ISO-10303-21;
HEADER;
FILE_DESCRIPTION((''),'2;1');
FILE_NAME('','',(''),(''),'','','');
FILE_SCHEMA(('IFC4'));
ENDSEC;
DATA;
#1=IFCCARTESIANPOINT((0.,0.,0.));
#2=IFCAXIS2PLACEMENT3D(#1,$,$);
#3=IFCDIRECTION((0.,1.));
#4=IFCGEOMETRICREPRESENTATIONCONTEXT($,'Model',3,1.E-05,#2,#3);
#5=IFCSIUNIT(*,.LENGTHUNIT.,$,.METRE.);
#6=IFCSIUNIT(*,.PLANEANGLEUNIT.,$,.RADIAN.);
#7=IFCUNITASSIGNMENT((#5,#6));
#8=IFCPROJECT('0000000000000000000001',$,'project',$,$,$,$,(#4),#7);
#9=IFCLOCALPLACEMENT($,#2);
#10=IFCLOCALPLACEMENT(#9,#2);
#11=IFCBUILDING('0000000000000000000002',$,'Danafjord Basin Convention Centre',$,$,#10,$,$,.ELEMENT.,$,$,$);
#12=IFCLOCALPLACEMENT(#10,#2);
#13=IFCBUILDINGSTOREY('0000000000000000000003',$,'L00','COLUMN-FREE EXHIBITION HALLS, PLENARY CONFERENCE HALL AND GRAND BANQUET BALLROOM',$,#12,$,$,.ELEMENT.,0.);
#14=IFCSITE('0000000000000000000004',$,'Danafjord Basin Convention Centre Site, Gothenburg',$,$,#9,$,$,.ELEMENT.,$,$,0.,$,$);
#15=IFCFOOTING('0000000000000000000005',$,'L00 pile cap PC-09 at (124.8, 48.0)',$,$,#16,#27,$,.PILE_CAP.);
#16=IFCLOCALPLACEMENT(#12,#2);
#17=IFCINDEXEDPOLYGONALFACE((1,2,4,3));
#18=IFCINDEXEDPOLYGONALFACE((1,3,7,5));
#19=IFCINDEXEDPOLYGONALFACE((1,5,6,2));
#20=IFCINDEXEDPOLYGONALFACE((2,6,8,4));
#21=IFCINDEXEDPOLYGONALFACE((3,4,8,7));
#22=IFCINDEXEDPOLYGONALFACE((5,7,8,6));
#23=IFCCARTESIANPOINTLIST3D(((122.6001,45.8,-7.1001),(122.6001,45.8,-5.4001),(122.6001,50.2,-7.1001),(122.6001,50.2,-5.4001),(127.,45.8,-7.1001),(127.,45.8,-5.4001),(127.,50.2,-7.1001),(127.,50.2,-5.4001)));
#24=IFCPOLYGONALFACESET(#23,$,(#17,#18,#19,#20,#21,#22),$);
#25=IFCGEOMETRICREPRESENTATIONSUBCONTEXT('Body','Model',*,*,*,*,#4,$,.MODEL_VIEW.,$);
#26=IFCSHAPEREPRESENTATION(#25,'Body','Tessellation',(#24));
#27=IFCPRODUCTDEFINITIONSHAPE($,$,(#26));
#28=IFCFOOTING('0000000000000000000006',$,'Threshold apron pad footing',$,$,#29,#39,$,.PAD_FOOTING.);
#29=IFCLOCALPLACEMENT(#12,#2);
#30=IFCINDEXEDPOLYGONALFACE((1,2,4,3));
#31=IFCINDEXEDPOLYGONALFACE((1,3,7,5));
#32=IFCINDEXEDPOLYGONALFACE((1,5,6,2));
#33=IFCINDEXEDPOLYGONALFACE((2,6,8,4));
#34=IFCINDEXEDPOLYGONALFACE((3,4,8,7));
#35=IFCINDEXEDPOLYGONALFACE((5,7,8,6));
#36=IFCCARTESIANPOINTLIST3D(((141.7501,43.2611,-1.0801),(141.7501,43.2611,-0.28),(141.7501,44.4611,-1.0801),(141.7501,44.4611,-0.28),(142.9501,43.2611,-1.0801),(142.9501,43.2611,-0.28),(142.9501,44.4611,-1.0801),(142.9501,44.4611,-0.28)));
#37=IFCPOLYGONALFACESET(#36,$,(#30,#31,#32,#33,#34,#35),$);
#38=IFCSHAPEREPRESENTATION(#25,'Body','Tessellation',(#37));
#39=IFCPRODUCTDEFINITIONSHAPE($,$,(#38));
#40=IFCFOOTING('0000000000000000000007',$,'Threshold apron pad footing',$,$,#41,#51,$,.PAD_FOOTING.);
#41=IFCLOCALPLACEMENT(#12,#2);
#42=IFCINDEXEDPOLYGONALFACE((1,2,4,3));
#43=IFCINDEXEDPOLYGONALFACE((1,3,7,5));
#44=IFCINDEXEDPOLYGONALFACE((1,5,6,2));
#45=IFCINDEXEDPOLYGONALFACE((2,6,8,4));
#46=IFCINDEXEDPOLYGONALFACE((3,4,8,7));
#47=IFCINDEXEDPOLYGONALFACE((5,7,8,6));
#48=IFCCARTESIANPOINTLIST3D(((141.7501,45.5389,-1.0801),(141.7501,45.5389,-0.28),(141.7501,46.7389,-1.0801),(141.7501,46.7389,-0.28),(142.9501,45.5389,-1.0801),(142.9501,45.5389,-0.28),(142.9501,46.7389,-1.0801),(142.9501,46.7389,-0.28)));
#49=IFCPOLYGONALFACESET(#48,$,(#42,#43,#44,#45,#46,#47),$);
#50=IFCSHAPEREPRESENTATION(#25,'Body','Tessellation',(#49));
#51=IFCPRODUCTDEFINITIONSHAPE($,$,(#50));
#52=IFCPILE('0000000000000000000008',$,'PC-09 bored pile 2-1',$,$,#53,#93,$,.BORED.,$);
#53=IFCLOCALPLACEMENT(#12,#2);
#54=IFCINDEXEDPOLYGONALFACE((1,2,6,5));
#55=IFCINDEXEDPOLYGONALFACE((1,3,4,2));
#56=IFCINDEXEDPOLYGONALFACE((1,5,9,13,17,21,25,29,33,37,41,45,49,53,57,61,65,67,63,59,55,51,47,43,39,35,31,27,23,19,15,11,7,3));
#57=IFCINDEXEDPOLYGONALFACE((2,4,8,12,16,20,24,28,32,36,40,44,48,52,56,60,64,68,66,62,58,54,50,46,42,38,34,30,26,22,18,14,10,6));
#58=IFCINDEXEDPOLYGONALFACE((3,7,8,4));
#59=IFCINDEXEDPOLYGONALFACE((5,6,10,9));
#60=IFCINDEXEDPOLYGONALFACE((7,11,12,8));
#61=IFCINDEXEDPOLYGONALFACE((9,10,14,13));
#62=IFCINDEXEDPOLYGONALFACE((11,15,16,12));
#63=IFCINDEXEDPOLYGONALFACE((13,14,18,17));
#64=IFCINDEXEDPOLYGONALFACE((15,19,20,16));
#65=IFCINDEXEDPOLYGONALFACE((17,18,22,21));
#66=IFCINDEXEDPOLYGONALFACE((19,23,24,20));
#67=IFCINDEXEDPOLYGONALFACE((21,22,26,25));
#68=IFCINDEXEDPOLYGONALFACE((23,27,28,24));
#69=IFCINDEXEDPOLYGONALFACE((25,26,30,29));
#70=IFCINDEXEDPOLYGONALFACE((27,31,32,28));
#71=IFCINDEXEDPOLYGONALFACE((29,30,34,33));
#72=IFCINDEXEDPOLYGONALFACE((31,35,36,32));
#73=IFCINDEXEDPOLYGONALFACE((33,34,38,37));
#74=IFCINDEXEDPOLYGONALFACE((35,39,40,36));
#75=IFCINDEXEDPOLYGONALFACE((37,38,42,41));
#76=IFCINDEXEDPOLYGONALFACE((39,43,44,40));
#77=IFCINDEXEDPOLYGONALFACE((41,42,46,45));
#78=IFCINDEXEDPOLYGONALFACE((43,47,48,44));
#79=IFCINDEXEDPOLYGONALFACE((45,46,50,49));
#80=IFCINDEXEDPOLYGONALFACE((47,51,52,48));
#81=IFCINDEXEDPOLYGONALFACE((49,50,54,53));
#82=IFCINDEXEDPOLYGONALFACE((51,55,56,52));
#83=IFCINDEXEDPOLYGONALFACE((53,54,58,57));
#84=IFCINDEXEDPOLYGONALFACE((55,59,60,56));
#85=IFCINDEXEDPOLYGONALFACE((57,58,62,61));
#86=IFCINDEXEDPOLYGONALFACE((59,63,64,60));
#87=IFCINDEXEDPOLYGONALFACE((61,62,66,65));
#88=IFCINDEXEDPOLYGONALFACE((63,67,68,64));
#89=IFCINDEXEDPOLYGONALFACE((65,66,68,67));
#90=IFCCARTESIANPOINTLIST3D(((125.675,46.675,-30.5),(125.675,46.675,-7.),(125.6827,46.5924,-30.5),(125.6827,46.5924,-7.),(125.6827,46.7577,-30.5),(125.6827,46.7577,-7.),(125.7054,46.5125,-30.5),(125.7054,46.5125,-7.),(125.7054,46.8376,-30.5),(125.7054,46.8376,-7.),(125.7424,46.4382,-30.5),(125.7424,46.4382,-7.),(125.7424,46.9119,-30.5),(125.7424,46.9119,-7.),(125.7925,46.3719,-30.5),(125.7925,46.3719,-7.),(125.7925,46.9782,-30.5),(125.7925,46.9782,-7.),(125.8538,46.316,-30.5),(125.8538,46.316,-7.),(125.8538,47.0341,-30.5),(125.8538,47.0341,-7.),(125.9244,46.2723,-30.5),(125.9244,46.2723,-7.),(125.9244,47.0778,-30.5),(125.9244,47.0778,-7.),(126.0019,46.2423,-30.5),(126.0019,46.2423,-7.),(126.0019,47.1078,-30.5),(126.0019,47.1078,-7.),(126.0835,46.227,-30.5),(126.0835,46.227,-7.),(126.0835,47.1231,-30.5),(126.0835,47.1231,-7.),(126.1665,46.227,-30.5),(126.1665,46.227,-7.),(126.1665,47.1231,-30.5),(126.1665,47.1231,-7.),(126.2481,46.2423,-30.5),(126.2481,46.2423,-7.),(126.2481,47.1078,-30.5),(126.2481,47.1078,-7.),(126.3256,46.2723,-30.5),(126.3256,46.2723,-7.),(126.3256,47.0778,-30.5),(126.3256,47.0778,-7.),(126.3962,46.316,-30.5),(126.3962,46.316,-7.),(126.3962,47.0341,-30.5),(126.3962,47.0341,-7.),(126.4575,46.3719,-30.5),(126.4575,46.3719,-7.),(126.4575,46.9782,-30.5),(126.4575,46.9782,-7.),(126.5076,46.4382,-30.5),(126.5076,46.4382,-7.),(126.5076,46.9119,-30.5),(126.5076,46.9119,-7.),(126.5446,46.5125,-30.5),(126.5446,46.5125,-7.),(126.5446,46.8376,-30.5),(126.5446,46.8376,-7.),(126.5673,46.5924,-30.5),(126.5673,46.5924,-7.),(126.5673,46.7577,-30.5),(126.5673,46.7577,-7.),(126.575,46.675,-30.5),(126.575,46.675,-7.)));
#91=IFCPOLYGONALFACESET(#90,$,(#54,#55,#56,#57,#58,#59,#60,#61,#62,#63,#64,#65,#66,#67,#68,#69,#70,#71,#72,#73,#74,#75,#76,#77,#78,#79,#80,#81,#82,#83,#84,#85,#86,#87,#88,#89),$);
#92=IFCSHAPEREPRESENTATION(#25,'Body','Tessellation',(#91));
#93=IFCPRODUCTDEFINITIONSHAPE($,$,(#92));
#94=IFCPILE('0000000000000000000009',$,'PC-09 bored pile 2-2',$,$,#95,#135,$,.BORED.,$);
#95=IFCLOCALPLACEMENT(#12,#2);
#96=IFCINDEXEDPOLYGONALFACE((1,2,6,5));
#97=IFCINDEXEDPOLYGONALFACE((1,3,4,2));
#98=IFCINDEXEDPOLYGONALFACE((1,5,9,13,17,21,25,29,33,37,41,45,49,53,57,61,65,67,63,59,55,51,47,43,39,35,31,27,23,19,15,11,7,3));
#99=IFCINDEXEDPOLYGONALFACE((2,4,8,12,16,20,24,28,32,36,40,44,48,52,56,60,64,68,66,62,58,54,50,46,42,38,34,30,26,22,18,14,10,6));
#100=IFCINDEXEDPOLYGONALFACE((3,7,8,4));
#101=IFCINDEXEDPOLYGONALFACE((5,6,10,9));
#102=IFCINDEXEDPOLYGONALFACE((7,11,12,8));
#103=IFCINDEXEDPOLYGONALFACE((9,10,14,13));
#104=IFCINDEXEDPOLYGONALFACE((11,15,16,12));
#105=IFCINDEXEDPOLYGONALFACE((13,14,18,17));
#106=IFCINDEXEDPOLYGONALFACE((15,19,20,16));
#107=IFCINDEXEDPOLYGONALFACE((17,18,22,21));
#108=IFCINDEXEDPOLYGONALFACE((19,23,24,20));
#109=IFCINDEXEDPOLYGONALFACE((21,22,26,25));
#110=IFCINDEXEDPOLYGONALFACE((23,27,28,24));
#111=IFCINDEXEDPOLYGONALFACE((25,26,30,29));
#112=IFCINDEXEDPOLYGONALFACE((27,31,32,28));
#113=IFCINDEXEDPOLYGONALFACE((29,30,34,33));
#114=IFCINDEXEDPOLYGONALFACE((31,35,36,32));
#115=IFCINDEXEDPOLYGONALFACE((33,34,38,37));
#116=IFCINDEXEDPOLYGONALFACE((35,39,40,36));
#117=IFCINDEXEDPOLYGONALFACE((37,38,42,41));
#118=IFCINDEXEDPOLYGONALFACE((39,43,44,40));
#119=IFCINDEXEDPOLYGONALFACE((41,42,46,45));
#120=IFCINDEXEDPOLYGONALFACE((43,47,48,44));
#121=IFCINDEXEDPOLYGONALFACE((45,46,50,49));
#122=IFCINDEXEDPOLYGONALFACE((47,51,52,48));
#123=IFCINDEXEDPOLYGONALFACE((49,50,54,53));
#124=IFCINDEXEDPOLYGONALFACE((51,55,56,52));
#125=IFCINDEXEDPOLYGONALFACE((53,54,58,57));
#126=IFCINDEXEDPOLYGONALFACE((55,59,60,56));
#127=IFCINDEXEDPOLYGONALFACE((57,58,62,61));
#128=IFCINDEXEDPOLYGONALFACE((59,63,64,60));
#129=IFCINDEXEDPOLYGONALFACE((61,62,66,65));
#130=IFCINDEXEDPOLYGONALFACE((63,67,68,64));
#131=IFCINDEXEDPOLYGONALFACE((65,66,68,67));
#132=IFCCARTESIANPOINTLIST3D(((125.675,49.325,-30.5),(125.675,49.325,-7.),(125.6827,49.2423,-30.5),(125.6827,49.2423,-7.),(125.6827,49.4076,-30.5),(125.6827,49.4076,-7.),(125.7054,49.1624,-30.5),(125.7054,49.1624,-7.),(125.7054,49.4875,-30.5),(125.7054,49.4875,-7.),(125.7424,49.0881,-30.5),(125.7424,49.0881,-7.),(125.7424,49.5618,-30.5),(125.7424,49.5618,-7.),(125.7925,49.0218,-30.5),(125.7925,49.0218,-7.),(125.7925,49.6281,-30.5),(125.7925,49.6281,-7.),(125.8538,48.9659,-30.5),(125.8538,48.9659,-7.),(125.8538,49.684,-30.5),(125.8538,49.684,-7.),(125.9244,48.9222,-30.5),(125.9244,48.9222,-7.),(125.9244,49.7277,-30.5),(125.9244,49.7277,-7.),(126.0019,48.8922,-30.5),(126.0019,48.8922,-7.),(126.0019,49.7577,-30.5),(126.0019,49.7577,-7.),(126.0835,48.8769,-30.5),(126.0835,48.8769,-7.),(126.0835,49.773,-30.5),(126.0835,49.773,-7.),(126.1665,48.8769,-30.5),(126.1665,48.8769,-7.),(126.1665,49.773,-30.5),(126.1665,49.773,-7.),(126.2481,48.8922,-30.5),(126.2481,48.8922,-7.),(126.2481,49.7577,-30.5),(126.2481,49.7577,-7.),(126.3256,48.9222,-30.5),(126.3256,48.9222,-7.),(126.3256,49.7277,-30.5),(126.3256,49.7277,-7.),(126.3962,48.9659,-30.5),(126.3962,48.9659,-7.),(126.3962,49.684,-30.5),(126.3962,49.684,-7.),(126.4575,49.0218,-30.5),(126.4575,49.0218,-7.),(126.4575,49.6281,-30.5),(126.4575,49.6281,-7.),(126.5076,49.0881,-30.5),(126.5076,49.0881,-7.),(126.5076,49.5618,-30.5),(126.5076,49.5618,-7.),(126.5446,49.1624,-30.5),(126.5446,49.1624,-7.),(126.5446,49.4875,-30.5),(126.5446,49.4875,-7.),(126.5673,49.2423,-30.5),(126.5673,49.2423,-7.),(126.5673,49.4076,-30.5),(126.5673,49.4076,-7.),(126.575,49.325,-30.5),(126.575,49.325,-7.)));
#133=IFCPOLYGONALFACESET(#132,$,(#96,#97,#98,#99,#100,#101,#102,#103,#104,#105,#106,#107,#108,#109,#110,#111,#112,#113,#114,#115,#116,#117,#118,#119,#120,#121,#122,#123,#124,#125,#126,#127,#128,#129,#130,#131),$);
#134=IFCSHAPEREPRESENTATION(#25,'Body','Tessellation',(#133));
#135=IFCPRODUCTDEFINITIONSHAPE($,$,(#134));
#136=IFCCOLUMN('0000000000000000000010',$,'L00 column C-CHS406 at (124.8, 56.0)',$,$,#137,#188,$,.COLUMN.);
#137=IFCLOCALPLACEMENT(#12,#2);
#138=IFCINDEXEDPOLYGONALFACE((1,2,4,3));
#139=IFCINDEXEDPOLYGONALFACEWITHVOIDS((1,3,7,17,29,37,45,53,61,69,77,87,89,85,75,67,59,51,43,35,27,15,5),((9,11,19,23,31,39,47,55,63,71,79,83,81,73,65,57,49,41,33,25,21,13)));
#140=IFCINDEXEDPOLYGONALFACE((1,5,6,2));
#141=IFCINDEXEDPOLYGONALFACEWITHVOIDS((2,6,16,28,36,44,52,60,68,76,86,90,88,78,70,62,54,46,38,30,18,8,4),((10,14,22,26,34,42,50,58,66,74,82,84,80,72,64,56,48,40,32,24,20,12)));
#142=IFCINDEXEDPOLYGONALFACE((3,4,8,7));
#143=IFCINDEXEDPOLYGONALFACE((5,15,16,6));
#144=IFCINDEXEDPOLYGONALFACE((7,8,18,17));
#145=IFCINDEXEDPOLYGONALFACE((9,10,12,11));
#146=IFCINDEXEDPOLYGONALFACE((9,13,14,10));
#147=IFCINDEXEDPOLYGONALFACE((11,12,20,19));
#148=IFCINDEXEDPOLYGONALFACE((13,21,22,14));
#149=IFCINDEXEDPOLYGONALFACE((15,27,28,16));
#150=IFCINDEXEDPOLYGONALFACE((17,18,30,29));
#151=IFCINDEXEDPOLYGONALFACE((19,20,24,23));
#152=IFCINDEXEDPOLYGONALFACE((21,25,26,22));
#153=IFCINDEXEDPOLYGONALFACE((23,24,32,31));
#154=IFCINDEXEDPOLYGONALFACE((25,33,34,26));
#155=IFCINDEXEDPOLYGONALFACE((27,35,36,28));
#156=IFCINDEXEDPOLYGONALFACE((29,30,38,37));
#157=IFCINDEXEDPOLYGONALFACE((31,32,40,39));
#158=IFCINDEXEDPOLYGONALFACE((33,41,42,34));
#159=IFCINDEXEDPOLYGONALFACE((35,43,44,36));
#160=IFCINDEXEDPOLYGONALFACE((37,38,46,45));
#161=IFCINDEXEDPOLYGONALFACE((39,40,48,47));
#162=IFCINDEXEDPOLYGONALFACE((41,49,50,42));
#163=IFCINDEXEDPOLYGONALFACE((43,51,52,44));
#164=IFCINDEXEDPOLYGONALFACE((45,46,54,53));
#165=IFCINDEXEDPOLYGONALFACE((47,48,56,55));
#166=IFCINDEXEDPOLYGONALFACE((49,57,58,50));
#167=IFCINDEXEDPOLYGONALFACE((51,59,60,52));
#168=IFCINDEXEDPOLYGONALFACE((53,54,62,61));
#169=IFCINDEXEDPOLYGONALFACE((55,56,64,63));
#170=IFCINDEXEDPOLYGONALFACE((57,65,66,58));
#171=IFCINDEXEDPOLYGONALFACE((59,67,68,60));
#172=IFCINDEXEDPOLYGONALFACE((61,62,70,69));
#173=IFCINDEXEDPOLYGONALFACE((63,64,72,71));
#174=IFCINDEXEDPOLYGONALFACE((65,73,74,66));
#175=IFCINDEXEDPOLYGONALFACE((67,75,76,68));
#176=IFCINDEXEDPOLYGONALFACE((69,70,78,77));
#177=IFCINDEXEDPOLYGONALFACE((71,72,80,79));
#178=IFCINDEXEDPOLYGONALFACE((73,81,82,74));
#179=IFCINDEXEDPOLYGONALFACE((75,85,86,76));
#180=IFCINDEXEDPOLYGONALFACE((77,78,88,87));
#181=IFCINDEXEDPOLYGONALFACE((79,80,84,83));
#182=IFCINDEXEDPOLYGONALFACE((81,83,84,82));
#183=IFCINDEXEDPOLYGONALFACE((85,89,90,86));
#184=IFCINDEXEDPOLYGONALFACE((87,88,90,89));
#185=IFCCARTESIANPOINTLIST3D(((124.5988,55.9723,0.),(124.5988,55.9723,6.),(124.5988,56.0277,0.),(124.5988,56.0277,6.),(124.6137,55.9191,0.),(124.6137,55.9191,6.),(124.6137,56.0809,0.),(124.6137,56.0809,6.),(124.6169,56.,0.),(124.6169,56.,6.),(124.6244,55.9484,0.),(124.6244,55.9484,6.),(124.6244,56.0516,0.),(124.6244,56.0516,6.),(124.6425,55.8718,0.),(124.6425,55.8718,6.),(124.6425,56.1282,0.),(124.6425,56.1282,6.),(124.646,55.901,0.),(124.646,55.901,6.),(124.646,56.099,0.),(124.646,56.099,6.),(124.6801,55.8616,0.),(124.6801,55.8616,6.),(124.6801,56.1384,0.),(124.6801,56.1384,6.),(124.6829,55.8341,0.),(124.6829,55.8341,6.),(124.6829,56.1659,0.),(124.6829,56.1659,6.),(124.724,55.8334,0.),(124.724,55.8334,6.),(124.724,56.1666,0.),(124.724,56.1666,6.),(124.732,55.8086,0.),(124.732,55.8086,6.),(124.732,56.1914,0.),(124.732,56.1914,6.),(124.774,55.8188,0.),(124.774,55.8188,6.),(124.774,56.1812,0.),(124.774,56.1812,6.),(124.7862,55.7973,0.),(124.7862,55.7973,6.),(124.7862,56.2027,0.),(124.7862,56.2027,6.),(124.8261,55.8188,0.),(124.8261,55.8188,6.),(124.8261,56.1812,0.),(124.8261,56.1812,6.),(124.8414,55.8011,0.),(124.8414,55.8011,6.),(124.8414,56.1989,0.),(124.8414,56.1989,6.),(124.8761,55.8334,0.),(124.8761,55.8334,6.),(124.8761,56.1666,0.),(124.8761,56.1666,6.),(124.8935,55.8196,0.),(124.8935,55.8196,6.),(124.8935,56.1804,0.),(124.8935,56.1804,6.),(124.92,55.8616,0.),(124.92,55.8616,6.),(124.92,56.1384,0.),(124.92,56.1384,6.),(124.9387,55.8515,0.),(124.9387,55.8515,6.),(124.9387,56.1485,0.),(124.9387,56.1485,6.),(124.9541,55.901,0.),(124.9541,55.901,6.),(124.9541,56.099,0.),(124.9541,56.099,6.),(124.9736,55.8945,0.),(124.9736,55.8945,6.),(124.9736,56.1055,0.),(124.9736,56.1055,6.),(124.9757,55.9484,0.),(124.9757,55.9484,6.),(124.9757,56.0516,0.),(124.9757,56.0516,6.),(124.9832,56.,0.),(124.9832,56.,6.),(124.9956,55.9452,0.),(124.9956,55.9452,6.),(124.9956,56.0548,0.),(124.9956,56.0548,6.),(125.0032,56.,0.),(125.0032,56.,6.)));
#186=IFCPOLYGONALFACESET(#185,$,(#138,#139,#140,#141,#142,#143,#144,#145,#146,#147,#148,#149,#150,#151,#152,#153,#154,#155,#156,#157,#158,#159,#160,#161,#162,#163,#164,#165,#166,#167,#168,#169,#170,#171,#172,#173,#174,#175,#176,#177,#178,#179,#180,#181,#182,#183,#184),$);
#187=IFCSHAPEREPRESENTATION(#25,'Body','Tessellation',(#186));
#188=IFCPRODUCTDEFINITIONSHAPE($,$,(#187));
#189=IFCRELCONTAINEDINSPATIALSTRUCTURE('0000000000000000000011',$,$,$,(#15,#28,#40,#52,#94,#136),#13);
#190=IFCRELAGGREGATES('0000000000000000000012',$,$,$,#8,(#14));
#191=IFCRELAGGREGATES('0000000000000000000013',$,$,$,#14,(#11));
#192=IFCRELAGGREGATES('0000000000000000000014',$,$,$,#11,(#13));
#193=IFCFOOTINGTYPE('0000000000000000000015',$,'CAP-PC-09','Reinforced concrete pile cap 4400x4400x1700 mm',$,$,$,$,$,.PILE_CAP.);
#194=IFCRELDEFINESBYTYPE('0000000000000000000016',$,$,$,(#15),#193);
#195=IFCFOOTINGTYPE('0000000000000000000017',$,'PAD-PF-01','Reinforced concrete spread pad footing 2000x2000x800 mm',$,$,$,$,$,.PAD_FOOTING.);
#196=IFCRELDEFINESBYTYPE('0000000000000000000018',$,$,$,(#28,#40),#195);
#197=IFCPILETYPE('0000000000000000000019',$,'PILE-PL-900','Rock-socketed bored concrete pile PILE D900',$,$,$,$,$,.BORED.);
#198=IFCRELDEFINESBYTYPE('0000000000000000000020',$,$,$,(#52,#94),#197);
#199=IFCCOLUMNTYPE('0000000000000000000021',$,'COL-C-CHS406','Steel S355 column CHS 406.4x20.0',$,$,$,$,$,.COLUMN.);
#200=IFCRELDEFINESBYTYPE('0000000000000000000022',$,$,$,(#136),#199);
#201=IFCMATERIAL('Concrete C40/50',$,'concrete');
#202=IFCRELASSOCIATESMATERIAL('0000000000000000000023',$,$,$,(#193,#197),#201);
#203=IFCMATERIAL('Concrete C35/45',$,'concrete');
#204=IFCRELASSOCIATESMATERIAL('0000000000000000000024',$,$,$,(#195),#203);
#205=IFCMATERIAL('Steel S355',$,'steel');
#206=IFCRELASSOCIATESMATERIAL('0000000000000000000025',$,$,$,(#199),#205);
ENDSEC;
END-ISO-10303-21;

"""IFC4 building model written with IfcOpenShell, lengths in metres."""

from ifc_helpers import new_model, si_unit, direction, frame, origin, origin_2d, place, context, subcontext, project, spatial, rectangle, circle, hollow_circle, extrude, material, material_profile, profile_set, type_object, element, save


model = new_model("IFC4")

# Units and contexts
model_context = context("Model", 3, precision=1e-05, world=origin(), true_north=direction((0.0, 1.0)))
body_context = subcontext(model_context, "Body", "Model", "MODEL_VIEW")
ifc_project = project(units=[si_unit("LENGTHUNIT", "METRE"), si_unit("PLANEANGLEUNIT", "RADIAN")], contexts=[model_context])

# Site, building, storey
site_placement = place(None, origin())
site = spatial("IfcSite", under=ifc_project, at=site_placement, Name="Danafjord Basin Convention Centre Site, Gothenburg", CompositionType="ELEMENT", RefElevation=0.0)
building_placement = place(site_placement, origin())
building = spatial("IfcBuilding", under=site, at=building_placement, Name="Danafjord Basin Convention Centre", CompositionType="ELEMENT")
storey_placement = place(building_placement, origin())
storey = spatial("IfcBuildingStorey", under=building, at=storey_placement, Name="L00", Description="COLUMN-FREE EXHIBITION HALLS, PLENARY CONFERENCE HALL AND GRAND BANQUET BALLROOM", CompositionType="ELEMENT", Elevation=0.0)

# Footings
ifc_material_1 = material(Name="Concrete C40/50", Category="concrete")
footing_type_1 = type_object("IfcFootingType", Name="CAP-PC-09", Description="Reinforced concrete pile cap 4400x4400x1700 mm", PredefinedType="PILE_CAP", material=ifc_material_1)
footing_placement = place(storey_placement, frame((124.8, 48.0, -7.1001), z_axis=(0.0, 0.0, 1.0), x_axis=(1.0, 0.0, 0.0)))
element("IfcFooting", 1, at=footing_placement, inside=storey, type_object=footing_type_1, Name="L00 pile cap PC-09 at (124.8, 48.0)", PredefinedType="PILE_CAP", context=body_context, shape_type="SweptSolid", body=[
    extrude(rectangle(XDim=4.3999, YDim=4.3999, at=origin_2d()), origin(), (0.0, 0.0, 1.0), 1.7),
])
ifc_material_2 = material(Name="Concrete C35/45", Category="concrete")
footing_type_2 = type_object("IfcFootingType", Name="PAD-PF-01", Description="Reinforced concrete spread pad footing 2000x2000x800 mm", PredefinedType="PAD_FOOTING", material=ifc_material_2)
for number, where, z_axis, x_axis, name in (
    (2, (142.3501, 43.8611, -1.0801), (0.0, 0.0, 1.0), (1.0, 0.0, 0.0), "Threshold apron pad footing"),
    (3, (142.3501, 46.1389, -1.0801), (0.0, 0.0, 1.0), (1.0, 0.0, 0.0), "Threshold apron pad footing"),
):
    element("IfcFooting", number, at=place(storey_placement, frame(where, z_axis=z_axis, x_axis=x_axis)), inside=storey, type_object=footing_type_2, Name=name, PredefinedType="PAD_FOOTING", context=body_context, shape_type="SweptSolid", body=[
        extrude(rectangle(XDim=1.2, YDim=1.2, at=origin_2d()), origin(), (0.0, 0.0, 1.0), 0.8),
    ])

# Piles
ifc_material_profile_1 = material_profile(ifc_material_1, circle(Radius=0.45, at=origin_2d()), Name="PILE D900")
ifc_profile_set_1 = profile_set([ifc_material_profile_1], Name="Concrete C40/50")
pile_type = type_object("IfcPileType", Name="PILE-PL-900", Description="Rock-socketed bored concrete pile PILE D900", PredefinedType="BORED", material=ifc_profile_set_1)
for number, where, z_axis, x_axis, name in (
    (4, (126.125, 46.675, -7.0), (0.0, 0.0, -1.0), (1.0, 0.0, 0.0), "PC-09 bored pile 2-1"),
    (5, (126.125, 49.325, -7.0), (0.0, 0.0, -1.0), (1.0, 0.0, 0.0), "PC-09 bored pile 2-2"),
):
    element("IfcPile", number, at=place(storey_placement, frame(where, z_axis=z_axis, x_axis=x_axis)), inside=storey, type_object=pile_type, Name=name, PredefinedType="BORED", context=body_context, shape_type="SweptSolid", body=[
        extrude(circle(Radius=0.45, at=origin_2d()), origin(), (0.0, 0.0, 1.0), 23.5),
    ])

# Column
ifc_material_3 = material(Name="Steel S355", Category="steel")
ifc_material_profile_2 = material_profile(ifc_material_3, hollow_circle(Radius=0.2031, WallThickness=0.02, at=origin_2d()), Name="CHS 406.4x20.0")
ifc_profile_set_2 = profile_set([ifc_material_profile_2], Name="Steel S355")
column_type_1 = type_object("IfcColumnType", Name="COL-C-CHS406", Description="Steel S355 column CHS 406.4x20.0", PredefinedType="COLUMN", material=ifc_profile_set_2)
column_1_placement = place(storey_placement, frame((124.8, 56.0, 0.0), z_axis=(0.0, 0.0, 1.0), x_axis=(1.0, 0.0, 0.0)))
element("IfcColumn", 6, at=column_1_placement, inside=storey, type_object=column_type_1, Name="L00 column C-CHS406 at (124.8, 56.0)", PredefinedType="COLUMN", context=body_context, shape_type="SweptSolid", body=[
    extrude(hollow_circle(Radius=0.2031, WallThickness=0.02, at=origin_2d()), origin(), (0.0, 0.0, 1.0), 6.0),
])

save(model, "model.ifc")
